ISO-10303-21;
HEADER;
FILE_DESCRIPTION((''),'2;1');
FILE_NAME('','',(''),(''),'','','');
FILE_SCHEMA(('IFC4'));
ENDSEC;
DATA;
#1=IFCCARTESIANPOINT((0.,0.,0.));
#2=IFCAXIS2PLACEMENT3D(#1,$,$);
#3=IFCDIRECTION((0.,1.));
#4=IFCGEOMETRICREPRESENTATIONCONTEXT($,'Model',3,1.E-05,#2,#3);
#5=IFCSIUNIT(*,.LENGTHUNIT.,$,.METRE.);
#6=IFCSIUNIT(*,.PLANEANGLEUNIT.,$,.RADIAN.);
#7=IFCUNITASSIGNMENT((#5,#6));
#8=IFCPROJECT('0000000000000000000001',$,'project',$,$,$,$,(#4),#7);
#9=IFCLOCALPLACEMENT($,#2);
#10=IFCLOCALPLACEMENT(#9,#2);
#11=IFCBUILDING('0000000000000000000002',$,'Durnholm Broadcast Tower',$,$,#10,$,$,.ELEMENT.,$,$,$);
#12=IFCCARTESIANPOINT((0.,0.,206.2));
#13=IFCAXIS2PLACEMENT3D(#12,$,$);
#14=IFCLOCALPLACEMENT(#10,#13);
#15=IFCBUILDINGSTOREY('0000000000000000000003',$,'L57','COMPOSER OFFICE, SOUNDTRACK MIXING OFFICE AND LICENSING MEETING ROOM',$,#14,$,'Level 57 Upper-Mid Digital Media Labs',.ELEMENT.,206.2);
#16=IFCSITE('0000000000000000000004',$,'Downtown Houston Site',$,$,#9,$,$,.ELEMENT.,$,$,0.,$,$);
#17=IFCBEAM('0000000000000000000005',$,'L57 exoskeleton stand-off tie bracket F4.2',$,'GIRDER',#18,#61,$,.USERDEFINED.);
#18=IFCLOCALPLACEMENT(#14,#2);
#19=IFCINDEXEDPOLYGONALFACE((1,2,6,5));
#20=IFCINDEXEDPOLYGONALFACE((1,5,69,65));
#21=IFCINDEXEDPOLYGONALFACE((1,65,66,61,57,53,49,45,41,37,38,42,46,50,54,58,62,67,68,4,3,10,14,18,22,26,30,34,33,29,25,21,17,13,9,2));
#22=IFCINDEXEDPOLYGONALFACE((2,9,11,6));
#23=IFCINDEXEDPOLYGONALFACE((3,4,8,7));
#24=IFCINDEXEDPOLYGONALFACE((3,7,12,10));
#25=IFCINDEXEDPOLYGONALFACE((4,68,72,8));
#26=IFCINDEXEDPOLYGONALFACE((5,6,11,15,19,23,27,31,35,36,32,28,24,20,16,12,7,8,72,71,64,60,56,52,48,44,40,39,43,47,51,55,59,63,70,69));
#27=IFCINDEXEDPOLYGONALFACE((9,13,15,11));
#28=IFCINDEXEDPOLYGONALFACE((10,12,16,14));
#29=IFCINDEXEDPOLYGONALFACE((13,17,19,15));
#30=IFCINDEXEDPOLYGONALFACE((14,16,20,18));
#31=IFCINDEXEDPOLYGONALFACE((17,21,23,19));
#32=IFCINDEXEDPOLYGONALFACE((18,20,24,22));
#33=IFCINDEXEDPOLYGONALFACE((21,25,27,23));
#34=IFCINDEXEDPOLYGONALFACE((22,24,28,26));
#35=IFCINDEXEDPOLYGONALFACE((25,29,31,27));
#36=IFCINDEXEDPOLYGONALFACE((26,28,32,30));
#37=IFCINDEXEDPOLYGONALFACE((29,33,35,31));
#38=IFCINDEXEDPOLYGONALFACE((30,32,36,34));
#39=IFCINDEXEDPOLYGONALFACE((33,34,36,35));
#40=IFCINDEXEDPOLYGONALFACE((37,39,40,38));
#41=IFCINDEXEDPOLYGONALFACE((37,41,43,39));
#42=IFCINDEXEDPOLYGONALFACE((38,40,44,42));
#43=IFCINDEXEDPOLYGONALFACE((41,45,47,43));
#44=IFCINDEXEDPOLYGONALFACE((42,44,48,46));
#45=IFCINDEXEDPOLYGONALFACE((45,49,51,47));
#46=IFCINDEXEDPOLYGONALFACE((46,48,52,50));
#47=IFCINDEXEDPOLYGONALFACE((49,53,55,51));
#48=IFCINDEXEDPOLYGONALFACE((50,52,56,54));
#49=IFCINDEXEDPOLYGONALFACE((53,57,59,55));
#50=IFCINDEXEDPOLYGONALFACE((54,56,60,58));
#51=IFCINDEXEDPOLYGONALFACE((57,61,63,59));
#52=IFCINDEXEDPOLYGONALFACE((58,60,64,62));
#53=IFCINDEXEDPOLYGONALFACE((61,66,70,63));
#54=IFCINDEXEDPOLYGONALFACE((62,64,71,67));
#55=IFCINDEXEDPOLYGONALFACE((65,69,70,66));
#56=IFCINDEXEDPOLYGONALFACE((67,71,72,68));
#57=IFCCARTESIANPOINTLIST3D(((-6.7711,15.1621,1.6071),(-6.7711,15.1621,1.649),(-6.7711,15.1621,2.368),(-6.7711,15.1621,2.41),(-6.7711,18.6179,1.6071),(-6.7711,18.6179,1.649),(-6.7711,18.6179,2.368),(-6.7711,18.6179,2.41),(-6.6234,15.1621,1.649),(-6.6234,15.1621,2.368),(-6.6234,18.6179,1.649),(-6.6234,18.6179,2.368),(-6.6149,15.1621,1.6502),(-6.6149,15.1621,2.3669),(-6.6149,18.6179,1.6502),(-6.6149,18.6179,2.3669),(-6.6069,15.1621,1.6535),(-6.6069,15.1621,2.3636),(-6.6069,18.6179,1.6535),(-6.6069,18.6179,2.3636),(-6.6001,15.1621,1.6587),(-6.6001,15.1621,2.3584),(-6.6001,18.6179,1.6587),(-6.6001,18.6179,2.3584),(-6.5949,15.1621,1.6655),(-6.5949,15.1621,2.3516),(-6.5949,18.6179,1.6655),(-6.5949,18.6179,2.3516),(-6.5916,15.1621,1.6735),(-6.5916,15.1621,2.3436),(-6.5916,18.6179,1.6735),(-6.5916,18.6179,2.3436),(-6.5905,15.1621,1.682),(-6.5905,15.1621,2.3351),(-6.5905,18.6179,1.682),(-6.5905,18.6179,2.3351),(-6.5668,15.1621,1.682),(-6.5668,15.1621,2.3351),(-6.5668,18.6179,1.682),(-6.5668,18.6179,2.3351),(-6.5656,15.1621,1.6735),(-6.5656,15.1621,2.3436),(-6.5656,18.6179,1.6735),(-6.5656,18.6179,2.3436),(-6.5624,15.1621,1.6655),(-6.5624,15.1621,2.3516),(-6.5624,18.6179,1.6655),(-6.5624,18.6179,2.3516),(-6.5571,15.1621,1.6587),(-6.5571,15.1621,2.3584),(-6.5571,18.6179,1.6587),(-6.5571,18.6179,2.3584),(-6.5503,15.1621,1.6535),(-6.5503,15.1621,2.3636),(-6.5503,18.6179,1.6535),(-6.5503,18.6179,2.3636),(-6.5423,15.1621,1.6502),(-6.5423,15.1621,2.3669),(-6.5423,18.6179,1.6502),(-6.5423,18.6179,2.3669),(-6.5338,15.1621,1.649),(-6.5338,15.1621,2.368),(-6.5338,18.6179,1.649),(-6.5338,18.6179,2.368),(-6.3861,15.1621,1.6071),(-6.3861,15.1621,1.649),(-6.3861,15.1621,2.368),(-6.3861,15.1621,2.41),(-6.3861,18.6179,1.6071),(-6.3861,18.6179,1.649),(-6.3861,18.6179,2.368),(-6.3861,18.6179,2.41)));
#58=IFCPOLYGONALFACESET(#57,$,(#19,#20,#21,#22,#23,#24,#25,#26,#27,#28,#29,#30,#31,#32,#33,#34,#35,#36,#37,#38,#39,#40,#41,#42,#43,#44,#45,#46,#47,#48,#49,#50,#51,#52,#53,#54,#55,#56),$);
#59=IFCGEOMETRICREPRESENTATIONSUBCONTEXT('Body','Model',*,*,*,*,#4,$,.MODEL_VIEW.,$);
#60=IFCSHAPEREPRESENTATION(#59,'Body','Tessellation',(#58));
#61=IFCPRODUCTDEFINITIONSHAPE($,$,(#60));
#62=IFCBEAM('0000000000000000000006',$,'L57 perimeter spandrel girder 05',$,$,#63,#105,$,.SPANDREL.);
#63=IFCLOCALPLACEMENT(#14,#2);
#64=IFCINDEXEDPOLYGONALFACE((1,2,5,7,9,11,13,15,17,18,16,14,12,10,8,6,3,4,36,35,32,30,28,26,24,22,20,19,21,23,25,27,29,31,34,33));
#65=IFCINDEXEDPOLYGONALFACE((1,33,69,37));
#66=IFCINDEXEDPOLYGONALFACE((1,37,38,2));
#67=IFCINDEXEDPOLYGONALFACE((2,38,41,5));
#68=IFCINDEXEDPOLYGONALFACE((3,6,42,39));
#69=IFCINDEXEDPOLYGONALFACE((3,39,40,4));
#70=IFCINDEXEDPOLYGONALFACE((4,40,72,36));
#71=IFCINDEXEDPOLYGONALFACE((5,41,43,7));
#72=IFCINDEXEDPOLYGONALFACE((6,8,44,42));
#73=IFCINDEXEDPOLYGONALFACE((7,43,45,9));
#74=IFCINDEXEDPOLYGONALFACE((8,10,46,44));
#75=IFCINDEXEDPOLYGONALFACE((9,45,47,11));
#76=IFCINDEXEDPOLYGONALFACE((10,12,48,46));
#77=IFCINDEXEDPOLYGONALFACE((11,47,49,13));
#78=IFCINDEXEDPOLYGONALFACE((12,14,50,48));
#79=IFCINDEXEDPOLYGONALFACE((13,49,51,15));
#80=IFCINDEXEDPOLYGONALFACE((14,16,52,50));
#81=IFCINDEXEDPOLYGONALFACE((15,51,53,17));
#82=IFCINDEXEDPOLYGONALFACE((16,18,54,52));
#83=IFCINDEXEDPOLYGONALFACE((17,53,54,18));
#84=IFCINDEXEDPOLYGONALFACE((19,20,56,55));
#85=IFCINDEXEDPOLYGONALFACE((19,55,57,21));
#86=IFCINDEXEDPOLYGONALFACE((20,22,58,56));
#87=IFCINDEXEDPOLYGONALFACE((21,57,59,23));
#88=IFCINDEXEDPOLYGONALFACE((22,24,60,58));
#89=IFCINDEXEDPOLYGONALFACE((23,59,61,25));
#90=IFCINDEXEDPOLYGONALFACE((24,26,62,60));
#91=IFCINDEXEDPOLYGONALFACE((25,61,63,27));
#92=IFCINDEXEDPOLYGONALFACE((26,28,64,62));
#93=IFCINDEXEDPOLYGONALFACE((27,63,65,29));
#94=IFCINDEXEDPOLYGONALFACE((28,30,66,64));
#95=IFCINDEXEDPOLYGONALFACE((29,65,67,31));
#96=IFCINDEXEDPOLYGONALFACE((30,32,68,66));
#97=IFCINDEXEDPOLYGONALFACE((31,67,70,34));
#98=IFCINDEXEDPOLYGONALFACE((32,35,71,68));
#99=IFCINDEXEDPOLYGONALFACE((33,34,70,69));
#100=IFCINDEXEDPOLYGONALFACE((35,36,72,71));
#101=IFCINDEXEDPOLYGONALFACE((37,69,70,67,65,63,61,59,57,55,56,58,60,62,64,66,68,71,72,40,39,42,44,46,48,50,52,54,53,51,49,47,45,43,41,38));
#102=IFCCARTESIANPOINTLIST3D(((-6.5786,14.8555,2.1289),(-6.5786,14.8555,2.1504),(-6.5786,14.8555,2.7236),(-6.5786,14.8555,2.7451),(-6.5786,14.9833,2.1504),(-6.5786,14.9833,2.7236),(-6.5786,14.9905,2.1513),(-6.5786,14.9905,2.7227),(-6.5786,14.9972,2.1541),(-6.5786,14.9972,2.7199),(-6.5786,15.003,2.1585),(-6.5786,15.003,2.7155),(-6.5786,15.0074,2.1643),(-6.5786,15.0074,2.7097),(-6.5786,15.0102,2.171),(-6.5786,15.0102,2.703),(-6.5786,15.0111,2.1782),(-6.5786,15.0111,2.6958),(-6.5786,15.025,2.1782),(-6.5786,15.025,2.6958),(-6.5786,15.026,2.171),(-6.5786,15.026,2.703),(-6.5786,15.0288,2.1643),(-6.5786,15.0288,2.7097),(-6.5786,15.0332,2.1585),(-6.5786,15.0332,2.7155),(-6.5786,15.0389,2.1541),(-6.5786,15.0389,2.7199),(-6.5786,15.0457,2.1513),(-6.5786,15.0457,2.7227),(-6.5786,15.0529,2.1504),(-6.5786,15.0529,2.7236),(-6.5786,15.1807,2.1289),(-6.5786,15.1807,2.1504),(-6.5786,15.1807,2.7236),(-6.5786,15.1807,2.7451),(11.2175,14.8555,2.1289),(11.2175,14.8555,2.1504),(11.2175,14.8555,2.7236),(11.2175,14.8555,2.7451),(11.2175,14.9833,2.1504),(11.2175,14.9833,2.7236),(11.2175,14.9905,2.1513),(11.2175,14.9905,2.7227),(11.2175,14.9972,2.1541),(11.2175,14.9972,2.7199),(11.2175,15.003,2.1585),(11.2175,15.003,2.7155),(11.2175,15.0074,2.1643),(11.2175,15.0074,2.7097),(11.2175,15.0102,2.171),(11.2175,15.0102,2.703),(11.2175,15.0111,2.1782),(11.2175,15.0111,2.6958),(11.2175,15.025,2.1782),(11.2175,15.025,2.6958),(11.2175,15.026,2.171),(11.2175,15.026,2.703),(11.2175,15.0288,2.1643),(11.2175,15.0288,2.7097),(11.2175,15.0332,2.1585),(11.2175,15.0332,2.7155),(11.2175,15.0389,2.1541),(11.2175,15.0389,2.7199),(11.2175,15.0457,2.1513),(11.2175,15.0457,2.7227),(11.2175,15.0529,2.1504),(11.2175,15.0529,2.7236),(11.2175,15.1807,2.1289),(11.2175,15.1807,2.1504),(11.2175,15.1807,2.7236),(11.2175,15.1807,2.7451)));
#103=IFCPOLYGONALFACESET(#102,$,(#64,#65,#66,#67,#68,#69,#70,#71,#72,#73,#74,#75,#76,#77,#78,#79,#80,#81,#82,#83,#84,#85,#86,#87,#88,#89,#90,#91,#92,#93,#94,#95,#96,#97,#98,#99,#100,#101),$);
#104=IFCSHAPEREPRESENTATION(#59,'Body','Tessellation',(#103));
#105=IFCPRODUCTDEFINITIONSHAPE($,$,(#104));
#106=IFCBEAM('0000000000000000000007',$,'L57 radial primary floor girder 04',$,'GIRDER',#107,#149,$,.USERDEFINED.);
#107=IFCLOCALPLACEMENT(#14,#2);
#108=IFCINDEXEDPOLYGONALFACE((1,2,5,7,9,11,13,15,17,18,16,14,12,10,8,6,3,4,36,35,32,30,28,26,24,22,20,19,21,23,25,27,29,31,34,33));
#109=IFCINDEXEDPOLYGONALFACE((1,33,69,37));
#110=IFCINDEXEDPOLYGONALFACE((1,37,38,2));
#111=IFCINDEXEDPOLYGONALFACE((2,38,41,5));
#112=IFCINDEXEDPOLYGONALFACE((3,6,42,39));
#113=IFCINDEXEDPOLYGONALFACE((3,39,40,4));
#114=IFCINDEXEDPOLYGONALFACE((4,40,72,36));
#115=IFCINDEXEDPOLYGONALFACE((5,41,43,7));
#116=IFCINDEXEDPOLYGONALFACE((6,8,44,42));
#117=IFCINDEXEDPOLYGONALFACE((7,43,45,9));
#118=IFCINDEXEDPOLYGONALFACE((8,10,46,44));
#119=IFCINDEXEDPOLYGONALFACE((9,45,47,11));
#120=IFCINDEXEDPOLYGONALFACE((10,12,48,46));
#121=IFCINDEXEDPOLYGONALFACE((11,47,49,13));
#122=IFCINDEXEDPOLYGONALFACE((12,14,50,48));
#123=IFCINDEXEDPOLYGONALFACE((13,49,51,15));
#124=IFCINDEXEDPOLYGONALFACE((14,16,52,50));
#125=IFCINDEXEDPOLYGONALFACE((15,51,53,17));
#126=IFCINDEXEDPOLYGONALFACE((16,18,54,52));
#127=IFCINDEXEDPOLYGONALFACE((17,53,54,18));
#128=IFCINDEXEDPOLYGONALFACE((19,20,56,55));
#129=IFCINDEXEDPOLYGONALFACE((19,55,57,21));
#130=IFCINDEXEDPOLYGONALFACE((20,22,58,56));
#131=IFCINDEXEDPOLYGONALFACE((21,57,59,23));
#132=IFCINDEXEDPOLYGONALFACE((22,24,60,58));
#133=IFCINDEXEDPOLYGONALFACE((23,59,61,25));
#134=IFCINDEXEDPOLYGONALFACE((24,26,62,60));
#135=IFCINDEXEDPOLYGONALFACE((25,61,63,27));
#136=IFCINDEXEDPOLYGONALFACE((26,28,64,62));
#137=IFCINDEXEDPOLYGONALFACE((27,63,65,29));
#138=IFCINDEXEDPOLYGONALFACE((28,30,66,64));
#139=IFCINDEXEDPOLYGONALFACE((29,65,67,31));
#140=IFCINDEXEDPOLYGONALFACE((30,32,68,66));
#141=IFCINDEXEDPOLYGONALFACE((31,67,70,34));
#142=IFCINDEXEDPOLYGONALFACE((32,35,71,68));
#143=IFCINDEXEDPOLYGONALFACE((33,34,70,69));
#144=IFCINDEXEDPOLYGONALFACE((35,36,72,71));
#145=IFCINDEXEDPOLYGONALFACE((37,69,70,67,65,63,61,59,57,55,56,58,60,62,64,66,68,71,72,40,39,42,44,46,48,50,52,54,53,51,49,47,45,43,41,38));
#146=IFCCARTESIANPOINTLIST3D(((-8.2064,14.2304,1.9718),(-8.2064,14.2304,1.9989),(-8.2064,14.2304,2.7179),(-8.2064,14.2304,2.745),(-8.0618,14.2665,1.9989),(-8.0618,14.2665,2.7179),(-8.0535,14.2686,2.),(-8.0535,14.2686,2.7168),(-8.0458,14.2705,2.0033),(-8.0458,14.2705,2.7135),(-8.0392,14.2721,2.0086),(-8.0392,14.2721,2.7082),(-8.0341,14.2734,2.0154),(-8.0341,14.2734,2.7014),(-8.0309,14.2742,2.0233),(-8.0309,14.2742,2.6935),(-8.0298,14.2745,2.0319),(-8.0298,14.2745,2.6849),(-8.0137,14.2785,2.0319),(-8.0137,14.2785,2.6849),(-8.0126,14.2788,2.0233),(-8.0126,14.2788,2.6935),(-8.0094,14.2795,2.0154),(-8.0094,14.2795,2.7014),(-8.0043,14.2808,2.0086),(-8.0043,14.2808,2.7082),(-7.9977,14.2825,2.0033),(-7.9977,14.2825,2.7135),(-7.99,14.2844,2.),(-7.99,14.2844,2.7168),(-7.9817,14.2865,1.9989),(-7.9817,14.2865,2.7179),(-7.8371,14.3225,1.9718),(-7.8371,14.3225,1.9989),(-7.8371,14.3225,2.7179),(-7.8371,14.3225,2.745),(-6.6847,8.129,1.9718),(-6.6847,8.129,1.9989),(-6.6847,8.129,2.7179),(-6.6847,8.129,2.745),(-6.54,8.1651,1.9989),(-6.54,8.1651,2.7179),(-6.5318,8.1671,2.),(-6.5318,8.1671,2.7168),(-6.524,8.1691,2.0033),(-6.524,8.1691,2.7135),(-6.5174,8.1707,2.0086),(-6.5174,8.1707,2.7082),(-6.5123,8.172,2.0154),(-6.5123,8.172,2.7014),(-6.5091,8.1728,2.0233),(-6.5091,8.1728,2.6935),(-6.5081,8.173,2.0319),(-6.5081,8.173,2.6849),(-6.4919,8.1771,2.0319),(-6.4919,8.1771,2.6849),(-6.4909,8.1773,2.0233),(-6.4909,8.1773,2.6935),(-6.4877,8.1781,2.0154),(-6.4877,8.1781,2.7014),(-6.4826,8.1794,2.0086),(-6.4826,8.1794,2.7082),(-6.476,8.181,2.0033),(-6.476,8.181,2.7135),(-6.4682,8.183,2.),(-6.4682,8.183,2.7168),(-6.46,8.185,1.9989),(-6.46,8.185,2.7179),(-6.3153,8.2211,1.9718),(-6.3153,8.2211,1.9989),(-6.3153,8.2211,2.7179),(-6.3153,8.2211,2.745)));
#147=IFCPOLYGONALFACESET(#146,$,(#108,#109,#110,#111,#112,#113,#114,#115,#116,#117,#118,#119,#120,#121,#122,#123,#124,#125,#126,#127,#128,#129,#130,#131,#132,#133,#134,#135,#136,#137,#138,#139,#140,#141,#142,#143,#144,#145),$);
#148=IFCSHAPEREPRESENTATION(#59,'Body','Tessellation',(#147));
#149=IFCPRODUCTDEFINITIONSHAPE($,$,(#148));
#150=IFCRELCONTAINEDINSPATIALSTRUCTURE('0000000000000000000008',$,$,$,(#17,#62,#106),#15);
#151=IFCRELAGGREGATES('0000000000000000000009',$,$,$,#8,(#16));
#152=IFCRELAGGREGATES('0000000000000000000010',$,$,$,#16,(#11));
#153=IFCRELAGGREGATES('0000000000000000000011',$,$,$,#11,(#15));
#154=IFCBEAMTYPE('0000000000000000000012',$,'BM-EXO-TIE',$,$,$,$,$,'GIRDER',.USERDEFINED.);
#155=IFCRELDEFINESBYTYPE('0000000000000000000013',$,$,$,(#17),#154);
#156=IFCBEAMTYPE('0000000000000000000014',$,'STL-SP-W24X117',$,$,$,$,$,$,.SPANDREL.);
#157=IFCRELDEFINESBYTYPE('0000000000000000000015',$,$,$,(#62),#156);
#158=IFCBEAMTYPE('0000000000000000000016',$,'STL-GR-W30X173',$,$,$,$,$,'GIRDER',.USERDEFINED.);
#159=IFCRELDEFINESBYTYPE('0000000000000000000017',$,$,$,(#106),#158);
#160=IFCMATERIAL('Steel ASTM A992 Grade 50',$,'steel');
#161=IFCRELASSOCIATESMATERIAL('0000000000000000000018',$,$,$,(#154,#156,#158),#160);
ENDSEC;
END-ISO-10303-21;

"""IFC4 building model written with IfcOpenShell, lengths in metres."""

from ifc_helpers import new_model, si_unit, direction, frame, origin, origin_2d, place, context, subcontext, project, spatial, i_section, extrude, source, transform, mapped, material, material_profile, profile_set, type_object, type_shapes, element, save


model = new_model("IFC4")

# Units and contexts
model_context = context("Model", 3, precision=1e-05, world=origin(), true_north=direction((0.0, 1.0)))
body_context = subcontext(model_context, "Body", "Model", "MODEL_VIEW")
ifc_project = project(units=[si_unit("LENGTHUNIT", "METRE"), si_unit("PLANEANGLEUNIT", "RADIAN")], contexts=[model_context])

# Site, building, storey
site_placement = place(None, origin())
site = spatial("IfcSite", under=ifc_project, at=site_placement, Name="Downtown Houston Site", CompositionType="ELEMENT", RefElevation=0.0)
building_placement = place(site_placement, origin())
building = spatial("IfcBuilding", under=site, at=building_placement, Name="Durnholm Broadcast Tower", CompositionType="ELEMENT")
storey_placement = place(building_placement, frame((0.0, 0.0, 206.2)))
storey = spatial("IfcBuildingStorey", under=building, at=storey_placement, Name="L57", Description="COMPOSER OFFICE, SOUNDTRACK MIXING OFFICE AND LICENSING MEETING ROOM", LongName="Level 57 Upper-Mid Digital Media Labs", CompositionType="ELEMENT", Elevation=206.2)

# Beams
ifc_material_1 = material(Name="Steel ASTM A992 Grade 50", Category="steel")
ifc_material_profile_1 = material_profile(ifc_material_1, i_section(OverallWidth=0.385, OverallDepth=0.803, WebThickness=0.0237, FlangeThickness=0.042, FilletRadius=0.033, at=origin_2d()), Name="W30X261")
ifc_profile_set_1 = profile_set([ifc_material_profile_1], Name="Steel ASTM A992 Grade 50")
beam_type_1 = type_object("IfcBeamType", Name="BM-EXO-TIE", ElementType="GIRDER", PredefinedType="USERDEFINED", material=ifc_profile_set_1)
shared_shape_1 = source(origin(), body_context, "Body", "SweptSolid", [
    extrude(i_section(OverallWidth=0.385, OverallDepth=0.803, WebThickness=0.0237, FlangeThickness=0.042, FilletRadius=0.033, at=origin_2d()), origin(), (0.0, 0.0, 1.0), 3.4558),
])
type_shapes(beam_type_1, [shared_shape_1])
beam_1_placement = place(storey_placement, frame((-6.5786, 15.1621, 2.0085), z_axis=(0.0, 1.0, 0.0), x_axis=(-1.0, 0.0, 0.0)))
element("IfcBeam", 1, at=beam_1_placement, inside=storey, type_object=beam_type_1, Name="L57 exoskeleton stand-off tie bracket F4.2", ObjectType="GIRDER", PredefinedType="USERDEFINED", context=body_context, shape_type="MappedRepresentation", body=[
    mapped(shared_shape_1, transform((0.0, 0.0, 0.0), x_axis=(1.0, 0.0, 0.0), y_axis=(0.0, 1.0, 0.0), z_axis=(0.0, 0.0, 1.0), scale=1.0)),
])
ifc_material_profile_2 = material_profile(ifc_material_1, i_section(OverallWidth=0.3252, OverallDepth=0.6162, WebThickness=0.0139, FlangeThickness=0.0215, FilletRadius=0.0278, at=origin_2d()), Name="W24X117")
ifc_profile_set_2 = profile_set([ifc_material_profile_2], Name="Steel ASTM A992 Grade 50")
beam_type_2 = type_object("IfcBeamType", Name="STL-SP-W24X117", PredefinedType="SPANDREL", material=ifc_profile_set_2)
shared_shape_2 = source(origin(), body_context, "Body", "SweptSolid", [
    extrude(i_section(OverallWidth=0.3252, OverallDepth=0.6162, WebThickness=0.0139, FlangeThickness=0.0215, FilletRadius=0.0278, at=origin_2d()), origin(), (0.0, 0.0, 1.0), 17.7961),
])
type_shapes(beam_type_2, [shared_shape_2])
beam_2_placement = place(storey_placement, frame((-6.5786, 15.0181, 2.437), z_axis=(1.0, 0.0, 0.0), x_axis=(0.0, 1.0, 0.0)))
element("IfcBeam", 2, at=beam_2_placement, inside=storey, type_object=beam_type_2, Name="L57 perimeter spandrel girder 05", PredefinedType="SPANDREL", context=body_context, shape_type="MappedRepresentation", body=[
    mapped(shared_shape_2, transform((0.0, 0.0, 0.0), x_axis=(1.0, 0.0, 0.0), y_axis=(0.0, 1.0, 0.0), z_axis=(0.0, 0.0, 1.0), scale=1.0)),
])
ifc_material_profile_3 = material_profile(ifc_material_1, i_section(OverallWidth=0.3806, OverallDepth=0.7732, WebThickness=0.0166, FlangeThickness=0.0271, FilletRadius=0.033, at=origin_2d()), Name="W30X173")
ifc_profile_set_3 = profile_set([ifc_material_profile_3], Name="Steel ASTM A992 Grade 50")
beam_type_3 = type_object("IfcBeamType", Name="STL-GR-W30X173", ElementType="GIRDER", PredefinedType="USERDEFINED", material=ifc_profile_set_3)
shared_shape_3 = source(origin(), body_context, "Body", "SweptSolid", [
    extrude(i_section(OverallWidth=0.3806, OverallDepth=0.7732, WebThickness=0.0166, FlangeThickness=0.0271, FilletRadius=0.033, at=origin_2d()), origin(), (0.0, 0.0, 1.0), 6.2883),
])
beam_3_placement = place(storey_placement, frame((-6.5, 8.175, 2.3584), z_axis=(-0.241997, 0.970277, 0.0), x_axis=(-0.970277, -0.241997, 0.0)))
element("IfcBeam", 3, at=beam_3_placement, inside=storey, type_object=beam_type_3, Name="L57 radial primary floor girder 04", ObjectType="GIRDER", PredefinedType="USERDEFINED", context=body_context, shape_type="MappedRepresentation", body=[
    mapped(shared_shape_3, transform((0.0, 0.0, 0.0), x_axis=(1.0, 0.0, 0.0), y_axis=(0.0, 1.0, 0.0), z_axis=(0.0, 0.0, 1.0), scale=1.0)),
])

save(model, "model.ifc")
